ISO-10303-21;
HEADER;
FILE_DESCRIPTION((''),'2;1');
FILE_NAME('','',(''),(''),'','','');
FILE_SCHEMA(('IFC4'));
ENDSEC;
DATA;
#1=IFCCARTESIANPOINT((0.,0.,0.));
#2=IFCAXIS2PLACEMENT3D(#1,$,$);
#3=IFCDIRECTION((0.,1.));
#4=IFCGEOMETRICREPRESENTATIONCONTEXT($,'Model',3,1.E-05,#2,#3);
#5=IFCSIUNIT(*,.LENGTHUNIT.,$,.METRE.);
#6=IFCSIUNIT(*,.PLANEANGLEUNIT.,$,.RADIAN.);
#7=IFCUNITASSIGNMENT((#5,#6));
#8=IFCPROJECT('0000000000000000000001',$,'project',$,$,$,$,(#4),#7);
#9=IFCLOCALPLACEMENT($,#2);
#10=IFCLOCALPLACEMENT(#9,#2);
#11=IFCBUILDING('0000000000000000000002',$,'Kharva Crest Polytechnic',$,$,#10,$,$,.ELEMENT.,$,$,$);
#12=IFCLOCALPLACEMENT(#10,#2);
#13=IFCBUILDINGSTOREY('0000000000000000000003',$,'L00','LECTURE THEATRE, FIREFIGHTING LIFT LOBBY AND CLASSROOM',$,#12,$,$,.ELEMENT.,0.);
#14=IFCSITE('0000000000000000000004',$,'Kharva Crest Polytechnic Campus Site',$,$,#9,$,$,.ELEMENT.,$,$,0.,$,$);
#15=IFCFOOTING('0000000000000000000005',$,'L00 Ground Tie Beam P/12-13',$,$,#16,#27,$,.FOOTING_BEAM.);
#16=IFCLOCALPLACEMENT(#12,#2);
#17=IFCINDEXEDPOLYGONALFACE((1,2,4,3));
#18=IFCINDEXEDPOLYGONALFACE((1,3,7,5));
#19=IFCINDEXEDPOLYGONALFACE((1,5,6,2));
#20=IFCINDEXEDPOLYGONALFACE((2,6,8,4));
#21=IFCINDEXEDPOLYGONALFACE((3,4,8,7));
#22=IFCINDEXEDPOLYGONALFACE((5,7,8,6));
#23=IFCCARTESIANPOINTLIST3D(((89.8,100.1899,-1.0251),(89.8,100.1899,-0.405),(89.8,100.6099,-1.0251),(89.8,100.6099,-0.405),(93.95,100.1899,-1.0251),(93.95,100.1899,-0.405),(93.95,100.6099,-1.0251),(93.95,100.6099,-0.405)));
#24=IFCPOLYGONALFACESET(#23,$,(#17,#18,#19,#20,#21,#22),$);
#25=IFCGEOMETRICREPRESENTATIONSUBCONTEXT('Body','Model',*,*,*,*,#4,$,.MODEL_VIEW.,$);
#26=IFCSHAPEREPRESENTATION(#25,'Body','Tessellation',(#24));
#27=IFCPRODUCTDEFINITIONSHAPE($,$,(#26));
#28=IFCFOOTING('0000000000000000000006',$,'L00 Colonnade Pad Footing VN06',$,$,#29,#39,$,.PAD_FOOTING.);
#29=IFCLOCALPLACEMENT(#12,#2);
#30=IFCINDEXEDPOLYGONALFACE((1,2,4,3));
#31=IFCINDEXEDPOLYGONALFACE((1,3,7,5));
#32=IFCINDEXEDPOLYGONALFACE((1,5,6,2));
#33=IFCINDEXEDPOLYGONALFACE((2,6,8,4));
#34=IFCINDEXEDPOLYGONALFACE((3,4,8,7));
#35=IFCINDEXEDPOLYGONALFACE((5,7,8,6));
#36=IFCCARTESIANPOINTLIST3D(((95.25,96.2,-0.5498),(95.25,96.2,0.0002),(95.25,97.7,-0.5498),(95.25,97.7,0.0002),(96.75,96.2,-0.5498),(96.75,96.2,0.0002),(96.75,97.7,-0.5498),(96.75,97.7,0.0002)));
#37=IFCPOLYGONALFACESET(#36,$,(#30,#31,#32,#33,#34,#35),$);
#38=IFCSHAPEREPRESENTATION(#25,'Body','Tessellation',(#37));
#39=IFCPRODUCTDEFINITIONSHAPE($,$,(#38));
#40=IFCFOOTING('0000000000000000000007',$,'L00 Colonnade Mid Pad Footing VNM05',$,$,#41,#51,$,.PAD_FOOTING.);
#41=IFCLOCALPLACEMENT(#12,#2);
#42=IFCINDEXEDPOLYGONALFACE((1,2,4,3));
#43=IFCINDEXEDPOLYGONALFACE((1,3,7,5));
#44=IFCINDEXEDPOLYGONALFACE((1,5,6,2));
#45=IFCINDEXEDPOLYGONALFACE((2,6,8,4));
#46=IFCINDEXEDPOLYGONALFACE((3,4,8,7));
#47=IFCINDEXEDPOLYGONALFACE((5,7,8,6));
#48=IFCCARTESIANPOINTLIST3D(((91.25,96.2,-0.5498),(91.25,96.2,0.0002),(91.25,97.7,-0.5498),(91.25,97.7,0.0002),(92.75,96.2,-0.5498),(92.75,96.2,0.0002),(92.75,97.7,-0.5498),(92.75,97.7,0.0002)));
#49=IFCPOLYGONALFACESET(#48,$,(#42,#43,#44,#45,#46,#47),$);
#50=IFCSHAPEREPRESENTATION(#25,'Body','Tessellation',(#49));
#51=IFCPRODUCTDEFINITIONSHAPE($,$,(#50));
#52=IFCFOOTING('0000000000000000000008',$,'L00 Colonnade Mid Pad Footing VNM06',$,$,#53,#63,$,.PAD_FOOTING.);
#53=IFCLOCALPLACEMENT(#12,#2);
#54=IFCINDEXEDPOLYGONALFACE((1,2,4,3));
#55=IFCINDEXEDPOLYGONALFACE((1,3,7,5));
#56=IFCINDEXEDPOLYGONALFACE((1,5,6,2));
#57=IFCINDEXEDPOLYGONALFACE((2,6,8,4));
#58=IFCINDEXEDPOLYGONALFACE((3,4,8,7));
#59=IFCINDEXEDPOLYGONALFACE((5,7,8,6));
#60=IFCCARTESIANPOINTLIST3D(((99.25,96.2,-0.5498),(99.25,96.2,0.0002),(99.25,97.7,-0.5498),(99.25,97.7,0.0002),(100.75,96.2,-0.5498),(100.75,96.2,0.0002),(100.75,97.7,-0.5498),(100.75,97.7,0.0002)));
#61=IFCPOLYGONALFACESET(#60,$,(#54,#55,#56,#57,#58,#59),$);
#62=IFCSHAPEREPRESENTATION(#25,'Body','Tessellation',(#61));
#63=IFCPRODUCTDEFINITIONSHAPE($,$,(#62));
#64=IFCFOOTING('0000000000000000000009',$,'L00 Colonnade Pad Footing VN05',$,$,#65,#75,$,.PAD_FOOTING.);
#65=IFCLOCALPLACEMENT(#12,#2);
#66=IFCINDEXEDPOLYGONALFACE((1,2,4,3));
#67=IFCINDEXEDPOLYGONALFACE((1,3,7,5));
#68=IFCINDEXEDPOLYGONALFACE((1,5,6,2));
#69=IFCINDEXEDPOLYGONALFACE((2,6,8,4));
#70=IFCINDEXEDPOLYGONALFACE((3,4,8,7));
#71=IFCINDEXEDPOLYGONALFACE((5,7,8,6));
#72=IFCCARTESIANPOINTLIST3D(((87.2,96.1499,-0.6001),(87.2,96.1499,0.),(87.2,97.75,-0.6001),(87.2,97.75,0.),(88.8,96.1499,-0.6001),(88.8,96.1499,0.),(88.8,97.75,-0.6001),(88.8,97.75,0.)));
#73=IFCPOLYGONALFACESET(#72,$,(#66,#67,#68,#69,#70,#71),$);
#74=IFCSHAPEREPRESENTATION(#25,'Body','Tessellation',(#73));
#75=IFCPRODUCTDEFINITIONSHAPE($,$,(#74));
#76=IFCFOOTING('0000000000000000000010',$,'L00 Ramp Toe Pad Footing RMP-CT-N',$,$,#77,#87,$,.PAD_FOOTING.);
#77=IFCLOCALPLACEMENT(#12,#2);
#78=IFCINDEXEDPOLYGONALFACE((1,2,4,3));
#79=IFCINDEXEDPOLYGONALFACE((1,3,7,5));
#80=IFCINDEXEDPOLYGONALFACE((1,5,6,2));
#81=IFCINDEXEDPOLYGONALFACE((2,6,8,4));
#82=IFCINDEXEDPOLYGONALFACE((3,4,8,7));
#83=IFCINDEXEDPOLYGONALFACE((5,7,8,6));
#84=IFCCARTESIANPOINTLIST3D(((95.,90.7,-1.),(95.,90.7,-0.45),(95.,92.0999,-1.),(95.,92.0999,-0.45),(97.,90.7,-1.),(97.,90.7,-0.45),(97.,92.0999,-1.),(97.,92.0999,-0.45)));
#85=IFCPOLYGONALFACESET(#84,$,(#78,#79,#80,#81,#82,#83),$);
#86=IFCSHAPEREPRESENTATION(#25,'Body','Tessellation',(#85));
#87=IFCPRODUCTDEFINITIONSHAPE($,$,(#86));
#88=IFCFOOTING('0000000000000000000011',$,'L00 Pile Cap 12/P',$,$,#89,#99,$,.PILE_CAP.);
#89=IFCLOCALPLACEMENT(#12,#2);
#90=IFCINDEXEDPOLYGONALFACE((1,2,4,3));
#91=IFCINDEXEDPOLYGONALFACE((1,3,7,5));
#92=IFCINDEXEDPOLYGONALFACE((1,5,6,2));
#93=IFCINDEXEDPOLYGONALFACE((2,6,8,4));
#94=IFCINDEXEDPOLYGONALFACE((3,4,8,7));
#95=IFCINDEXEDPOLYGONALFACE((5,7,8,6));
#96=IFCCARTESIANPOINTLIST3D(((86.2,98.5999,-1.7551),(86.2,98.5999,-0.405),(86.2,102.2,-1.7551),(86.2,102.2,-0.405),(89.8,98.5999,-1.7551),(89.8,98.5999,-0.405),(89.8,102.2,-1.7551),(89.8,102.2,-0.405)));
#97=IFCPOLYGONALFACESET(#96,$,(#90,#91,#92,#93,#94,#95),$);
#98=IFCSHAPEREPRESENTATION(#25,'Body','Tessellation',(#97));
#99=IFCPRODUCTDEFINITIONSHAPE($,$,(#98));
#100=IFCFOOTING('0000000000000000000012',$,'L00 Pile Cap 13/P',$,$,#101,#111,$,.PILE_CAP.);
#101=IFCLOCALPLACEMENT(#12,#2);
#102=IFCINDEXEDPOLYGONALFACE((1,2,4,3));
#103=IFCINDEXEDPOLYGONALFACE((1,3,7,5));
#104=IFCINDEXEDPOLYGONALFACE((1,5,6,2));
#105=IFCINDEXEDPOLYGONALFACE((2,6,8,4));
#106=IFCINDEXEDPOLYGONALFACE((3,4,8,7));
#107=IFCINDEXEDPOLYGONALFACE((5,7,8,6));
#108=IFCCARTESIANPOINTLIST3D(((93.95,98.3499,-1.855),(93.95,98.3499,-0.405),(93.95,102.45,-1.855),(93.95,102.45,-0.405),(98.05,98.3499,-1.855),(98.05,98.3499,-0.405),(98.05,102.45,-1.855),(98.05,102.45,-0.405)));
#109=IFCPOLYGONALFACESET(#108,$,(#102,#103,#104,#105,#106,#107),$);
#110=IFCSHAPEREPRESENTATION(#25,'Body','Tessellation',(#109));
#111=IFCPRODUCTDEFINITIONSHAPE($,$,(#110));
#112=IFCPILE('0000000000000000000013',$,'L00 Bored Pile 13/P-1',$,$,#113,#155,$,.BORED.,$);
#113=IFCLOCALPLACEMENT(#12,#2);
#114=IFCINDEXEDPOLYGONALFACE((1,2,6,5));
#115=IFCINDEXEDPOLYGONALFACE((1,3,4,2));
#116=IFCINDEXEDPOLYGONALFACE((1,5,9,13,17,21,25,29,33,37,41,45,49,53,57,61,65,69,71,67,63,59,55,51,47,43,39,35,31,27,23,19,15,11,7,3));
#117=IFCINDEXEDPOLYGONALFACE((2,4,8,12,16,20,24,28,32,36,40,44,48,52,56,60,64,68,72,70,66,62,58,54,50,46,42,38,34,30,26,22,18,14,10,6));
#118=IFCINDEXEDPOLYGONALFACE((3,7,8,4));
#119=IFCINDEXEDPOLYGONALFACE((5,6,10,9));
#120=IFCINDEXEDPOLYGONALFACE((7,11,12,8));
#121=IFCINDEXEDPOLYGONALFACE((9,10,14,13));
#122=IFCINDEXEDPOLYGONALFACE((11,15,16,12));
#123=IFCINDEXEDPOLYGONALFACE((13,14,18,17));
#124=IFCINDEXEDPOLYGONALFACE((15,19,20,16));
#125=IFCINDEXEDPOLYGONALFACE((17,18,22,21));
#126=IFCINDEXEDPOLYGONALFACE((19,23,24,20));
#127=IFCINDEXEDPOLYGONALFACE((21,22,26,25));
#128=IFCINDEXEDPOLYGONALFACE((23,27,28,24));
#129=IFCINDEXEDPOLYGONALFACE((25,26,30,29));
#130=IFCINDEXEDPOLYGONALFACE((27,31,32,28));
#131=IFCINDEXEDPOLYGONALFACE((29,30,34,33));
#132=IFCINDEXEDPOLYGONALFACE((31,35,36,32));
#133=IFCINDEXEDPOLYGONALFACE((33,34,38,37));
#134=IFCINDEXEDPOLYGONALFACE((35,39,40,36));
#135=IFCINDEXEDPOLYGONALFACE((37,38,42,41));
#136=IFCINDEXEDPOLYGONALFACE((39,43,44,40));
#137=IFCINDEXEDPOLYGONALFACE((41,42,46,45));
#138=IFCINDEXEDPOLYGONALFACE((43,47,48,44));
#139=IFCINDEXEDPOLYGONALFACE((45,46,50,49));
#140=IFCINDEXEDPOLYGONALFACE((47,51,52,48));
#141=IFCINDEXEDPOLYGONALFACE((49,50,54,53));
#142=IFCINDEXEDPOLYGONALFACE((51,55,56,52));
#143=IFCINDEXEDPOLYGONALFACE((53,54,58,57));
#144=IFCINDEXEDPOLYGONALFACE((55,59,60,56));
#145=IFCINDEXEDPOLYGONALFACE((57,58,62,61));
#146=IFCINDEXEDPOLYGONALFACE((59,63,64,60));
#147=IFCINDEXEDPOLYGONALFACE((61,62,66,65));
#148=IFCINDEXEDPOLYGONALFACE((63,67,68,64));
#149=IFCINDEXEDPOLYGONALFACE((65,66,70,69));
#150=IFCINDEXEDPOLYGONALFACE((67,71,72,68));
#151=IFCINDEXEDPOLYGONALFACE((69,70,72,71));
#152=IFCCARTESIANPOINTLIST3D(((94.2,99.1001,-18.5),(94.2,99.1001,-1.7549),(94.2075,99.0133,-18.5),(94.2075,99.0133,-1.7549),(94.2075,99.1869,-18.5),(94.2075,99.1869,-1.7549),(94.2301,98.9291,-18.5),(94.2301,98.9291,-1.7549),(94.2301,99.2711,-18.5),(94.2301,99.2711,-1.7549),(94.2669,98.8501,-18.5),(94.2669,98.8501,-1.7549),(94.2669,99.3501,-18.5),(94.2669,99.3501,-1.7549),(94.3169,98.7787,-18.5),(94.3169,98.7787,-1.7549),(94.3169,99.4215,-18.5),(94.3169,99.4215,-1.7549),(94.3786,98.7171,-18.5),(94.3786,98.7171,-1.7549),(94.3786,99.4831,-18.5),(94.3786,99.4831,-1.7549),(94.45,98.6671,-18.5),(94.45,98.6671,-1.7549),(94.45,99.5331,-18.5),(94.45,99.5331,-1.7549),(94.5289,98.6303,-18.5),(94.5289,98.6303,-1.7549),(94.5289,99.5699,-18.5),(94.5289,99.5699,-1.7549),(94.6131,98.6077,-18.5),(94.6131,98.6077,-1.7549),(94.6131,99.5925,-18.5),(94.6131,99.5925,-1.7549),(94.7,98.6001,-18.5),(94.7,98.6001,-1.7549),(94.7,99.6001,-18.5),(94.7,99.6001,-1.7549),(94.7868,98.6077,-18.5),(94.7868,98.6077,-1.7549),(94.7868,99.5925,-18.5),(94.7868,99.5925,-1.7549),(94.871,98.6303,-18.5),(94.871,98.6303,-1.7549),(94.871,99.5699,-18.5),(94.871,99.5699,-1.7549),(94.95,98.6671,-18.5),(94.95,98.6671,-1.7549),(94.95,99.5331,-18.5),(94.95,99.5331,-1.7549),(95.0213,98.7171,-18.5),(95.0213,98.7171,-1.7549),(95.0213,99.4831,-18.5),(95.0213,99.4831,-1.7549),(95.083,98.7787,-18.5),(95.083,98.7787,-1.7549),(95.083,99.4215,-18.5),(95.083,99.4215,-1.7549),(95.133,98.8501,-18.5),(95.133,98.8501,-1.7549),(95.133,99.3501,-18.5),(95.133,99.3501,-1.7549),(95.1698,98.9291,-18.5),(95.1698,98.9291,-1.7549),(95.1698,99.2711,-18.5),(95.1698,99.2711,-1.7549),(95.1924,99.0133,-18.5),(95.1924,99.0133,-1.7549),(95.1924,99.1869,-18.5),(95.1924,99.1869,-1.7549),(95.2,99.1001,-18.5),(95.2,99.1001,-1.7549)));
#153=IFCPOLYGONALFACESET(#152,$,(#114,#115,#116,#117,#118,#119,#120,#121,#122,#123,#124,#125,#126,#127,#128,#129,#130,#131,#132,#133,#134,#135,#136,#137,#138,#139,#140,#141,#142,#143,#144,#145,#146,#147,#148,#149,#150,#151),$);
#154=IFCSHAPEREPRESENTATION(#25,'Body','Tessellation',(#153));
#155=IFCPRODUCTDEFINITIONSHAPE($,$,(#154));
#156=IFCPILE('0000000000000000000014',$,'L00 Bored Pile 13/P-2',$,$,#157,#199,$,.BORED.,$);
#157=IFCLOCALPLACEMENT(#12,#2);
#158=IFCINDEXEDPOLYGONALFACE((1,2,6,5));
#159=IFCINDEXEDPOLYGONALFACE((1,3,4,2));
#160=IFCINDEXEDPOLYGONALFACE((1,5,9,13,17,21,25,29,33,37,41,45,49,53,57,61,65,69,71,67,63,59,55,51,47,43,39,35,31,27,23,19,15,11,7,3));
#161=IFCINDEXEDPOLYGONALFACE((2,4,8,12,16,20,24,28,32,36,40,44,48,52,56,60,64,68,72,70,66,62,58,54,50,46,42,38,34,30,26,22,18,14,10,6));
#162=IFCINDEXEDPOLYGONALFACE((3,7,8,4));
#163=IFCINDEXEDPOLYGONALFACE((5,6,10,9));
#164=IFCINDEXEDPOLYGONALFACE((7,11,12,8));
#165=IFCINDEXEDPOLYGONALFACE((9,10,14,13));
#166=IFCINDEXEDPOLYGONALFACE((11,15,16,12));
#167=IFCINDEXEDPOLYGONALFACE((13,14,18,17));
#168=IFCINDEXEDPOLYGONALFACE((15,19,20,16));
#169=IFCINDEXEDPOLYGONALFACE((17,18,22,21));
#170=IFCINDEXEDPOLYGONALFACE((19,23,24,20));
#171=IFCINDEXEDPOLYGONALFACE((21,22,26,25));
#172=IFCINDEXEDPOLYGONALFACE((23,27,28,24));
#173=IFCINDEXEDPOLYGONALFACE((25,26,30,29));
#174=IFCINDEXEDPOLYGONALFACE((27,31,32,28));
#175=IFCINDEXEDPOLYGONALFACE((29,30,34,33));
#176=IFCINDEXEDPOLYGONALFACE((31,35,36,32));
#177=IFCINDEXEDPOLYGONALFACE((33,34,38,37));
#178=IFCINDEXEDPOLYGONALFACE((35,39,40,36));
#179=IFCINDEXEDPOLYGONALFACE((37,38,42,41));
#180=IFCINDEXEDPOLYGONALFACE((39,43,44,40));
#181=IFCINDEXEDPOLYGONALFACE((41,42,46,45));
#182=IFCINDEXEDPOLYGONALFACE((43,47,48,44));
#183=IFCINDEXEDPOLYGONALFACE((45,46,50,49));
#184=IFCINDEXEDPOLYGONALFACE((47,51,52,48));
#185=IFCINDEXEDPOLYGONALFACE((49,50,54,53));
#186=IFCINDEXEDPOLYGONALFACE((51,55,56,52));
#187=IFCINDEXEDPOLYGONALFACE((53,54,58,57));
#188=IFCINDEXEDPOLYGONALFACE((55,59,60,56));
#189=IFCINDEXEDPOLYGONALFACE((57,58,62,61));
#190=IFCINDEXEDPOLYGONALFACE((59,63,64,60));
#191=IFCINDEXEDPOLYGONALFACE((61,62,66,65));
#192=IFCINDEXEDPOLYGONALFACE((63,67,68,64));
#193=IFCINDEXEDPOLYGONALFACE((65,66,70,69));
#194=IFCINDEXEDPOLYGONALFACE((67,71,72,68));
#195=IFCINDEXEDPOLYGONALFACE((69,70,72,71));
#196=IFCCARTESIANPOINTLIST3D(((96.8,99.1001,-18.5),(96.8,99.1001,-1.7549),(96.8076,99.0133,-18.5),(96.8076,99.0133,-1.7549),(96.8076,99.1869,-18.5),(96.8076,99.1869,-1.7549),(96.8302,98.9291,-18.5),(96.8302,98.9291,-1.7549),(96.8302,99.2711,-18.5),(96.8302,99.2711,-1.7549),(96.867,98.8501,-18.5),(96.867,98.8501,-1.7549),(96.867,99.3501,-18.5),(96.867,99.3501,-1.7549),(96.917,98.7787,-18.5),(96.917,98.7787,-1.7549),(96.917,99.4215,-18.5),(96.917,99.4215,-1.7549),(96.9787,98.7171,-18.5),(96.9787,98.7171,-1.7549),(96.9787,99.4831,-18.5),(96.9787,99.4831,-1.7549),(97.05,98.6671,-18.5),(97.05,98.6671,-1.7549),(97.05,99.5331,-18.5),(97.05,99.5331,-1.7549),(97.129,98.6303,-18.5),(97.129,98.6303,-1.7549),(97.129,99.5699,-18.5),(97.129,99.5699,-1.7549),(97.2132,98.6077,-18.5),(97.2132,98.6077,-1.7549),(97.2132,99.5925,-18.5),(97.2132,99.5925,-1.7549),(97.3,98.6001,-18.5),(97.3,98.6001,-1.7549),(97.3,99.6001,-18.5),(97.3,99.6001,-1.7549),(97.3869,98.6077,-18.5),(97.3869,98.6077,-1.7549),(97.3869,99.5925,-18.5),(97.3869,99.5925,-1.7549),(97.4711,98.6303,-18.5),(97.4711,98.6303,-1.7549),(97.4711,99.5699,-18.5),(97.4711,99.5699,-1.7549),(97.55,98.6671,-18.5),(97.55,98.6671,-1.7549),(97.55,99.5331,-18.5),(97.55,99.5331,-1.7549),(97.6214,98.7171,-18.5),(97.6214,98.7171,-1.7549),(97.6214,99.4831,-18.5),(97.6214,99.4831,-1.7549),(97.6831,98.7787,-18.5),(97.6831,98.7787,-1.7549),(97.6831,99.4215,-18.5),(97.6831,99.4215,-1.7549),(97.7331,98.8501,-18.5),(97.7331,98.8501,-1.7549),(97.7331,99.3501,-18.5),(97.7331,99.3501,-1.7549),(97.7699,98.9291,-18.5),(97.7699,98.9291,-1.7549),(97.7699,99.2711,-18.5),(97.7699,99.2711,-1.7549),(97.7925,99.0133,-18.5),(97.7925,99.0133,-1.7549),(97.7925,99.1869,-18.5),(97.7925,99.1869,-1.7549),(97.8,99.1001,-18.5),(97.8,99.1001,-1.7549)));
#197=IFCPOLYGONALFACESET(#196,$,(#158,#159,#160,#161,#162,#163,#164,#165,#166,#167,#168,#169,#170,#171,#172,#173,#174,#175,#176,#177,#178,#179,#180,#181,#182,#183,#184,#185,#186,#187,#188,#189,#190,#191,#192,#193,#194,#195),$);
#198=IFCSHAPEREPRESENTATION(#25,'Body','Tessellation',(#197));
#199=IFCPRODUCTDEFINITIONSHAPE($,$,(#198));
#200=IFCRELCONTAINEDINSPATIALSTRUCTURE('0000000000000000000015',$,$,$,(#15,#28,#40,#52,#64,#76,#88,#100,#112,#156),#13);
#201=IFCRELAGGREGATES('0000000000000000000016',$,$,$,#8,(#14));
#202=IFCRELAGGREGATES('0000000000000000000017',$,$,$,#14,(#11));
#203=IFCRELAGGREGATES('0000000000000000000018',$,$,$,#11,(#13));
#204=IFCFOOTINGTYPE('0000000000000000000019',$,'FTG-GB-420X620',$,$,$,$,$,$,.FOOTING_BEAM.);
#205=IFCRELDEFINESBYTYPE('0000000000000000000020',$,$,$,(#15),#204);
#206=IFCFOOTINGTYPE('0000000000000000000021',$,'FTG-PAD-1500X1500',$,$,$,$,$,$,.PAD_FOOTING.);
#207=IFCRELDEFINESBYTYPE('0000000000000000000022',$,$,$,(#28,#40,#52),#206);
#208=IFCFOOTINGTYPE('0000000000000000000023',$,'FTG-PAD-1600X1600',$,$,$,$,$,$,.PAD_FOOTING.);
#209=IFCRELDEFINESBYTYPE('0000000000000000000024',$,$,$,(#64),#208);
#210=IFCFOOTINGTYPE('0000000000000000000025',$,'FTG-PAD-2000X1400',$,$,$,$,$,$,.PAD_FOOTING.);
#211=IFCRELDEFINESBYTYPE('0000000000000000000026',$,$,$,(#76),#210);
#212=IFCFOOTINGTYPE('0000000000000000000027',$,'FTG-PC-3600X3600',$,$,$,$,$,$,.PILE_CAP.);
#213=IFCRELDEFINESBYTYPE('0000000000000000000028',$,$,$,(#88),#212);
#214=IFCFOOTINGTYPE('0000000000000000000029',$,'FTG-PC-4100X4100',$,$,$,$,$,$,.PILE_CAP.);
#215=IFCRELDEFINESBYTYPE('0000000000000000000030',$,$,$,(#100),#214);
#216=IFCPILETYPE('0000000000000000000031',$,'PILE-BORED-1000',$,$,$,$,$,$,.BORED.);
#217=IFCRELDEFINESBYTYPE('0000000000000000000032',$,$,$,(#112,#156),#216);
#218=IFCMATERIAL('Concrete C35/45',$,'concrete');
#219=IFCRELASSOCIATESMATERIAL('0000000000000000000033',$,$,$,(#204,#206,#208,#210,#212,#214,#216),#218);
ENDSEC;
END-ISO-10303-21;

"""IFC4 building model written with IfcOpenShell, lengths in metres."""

from ifc_helpers import new_model, si_unit, direction, frame, origin, origin_2d, place, context, subcontext, project, spatial, rectangle, circle, extrude, material, material_profile, profile_set, type_object, element, save


model = new_model("IFC4")

# Units and contexts
model_context = context("Model", 3, precision=1e-05, world=origin(), true_north=direction((0.0, 1.0)))
body_context = subcontext(model_context, "Body", "Model", "MODEL_VIEW")
ifc_project = project(units=[si_unit("LENGTHUNIT", "METRE"), si_unit("PLANEANGLEUNIT", "RADIAN")], contexts=[model_context])

# Site, building, storey
site_placement = place(None, origin())
site = spatial("IfcSite", under=ifc_project, at=site_placement, Name="Kharva Crest Polytechnic Campus Site", CompositionType="ELEMENT", RefElevation=0.0)
building_placement = place(site_placement, origin())
building = spatial("IfcBuilding", under=site, at=building_placement, Name="Kharva Crest Polytechnic", CompositionType="ELEMENT")
storey_placement = place(building_placement, origin())
storey = spatial("IfcBuildingStorey", under=building, at=storey_placement, Name="L00", Description="LECTURE THEATRE, FIREFIGHTING LIFT LOBBY AND CLASSROOM", CompositionType="ELEMENT", Elevation=0.0)

# Footings
ifc_material_1 = material(Name="Concrete C35/45", Category="concrete")
footing_type_1 = type_object("IfcFootingType", Name="FTG-GB-420X620", PredefinedType="FOOTING_BEAM", material=ifc_material_1)
footing_1_placement = place(storey_placement, frame((91.875, 100.3999, -1.0251), z_axis=(0.0, 0.0, 1.0), x_axis=(1.0, 0.0, 0.0)))
element("IfcFooting", 1, at=footing_1_placement, inside=storey, type_object=footing_type_1, Name="L00 Ground Tie Beam P/12-13", PredefinedType="FOOTING_BEAM", context=body_context, shape_type="SweptSolid", body=[
    extrude(rectangle(XDim=4.1499, YDim=0.4199, at=origin_2d()), origin(), (0.0, 0.0, 1.0), 0.6201),
])
footing_type_2 = type_object("IfcFootingType", Name="FTG-PAD-1500X1500", PredefinedType="PAD_FOOTING", material=ifc_material_1)
for number, where, z_axis, x_axis, name in (
    (2, (96.0, 96.95, -0.5498), (0.0, 0.0, 1.0), (1.0, 0.0, 0.0), "L00 Colonnade Pad Footing VN06"),
    (3, (92.0, 96.95, -0.5498), (0.0, 0.0, 1.0), (1.0, 0.0, 0.0), "L00 Colonnade Mid Pad Footing VNM05"),
    (4, (100.0, 96.95, -0.5498), (0.0, 0.0, 1.0), (1.0, 0.0, 0.0), "L00 Colonnade Mid Pad Footing VNM06"),
):
    element("IfcFooting", number, at=place(storey_placement, frame(where, z_axis=z_axis, x_axis=x_axis)), inside=storey, type_object=footing_type_2, Name=name, PredefinedType="PAD_FOOTING", context=body_context, shape_type="SweptSolid", body=[
        extrude(rectangle(XDim=1.5, YDim=1.5, at=origin_2d()), origin(), (0.0, 0.0, 1.0), 0.55),
    ])
footing_type_3 = type_object("IfcFootingType", Name="FTG-PAD-1600X1600", PredefinedType="PAD_FOOTING", material=ifc_material_1)
footing_2_placement = place(storey_placement, frame((88.0, 96.95, -0.6001), z_axis=(0.0, 0.0, 1.0), x_axis=(1.0, 0.0, 0.0)))
element("IfcFooting", 5, at=footing_2_placement, inside=storey, type_object=footing_type_3, Name="L00 Colonnade Pad Footing VN05", PredefinedType="PAD_FOOTING", context=body_context, shape_type="SweptSolid", body=[
    extrude(rectangle(XDim=1.6001, YDim=1.6001, at=origin_2d()), origin(), (0.0, 0.0, 1.0), 0.6001),
])
footing_type_4 = type_object("IfcFootingType", Name="FTG-PAD-2000X1400", PredefinedType="PAD_FOOTING", material=ifc_material_1)
footing_3_placement = place(storey_placement, frame((96.0, 91.3999, -1.0), z_axis=(0.0, 0.0, 1.0), x_axis=(1.0, 0.0, 0.0)))
element("IfcFooting", 6, at=footing_3_placement, inside=storey, type_object=footing_type_4, Name="L00 Ramp Toe Pad Footing RMP-CT-N", PredefinedType="PAD_FOOTING", context=body_context, shape_type="SweptSolid", body=[
    extrude(rectangle(XDim=2.0, YDim=1.3999, at=origin_2d()), origin(), (0.0, 0.0, 1.0), 0.55),
])
footing_type_5 = type_object("IfcFootingType", Name="FTG-PC-3600X3600", PredefinedType="PILE_CAP", material=ifc_material_1)
footing_4_placement = place(storey_placement, frame((88.0, 100.3999, -1.7551), z_axis=(0.0, 0.0, 1.0), x_axis=(1.0, 0.0, 0.0)))
element("IfcFooting", 7, at=footing_4_placement, inside=storey, type_object=footing_type_5, Name="L00 Pile Cap 12/P", PredefinedType="PILE_CAP", context=body_context, shape_type="SweptSolid", body=[
    extrude(rectangle(XDim=3.6001, YDim=3.6001, at=origin_2d()), origin(), (0.0, 0.0, 1.0), 1.3501),
])
footing_type_6 = type_object("IfcFootingType", Name="FTG-PC-4100X4100", PredefinedType="PILE_CAP", material=ifc_material_1)
footing_5_placement = place(storey_placement, frame((96.0, 100.3999, -1.855), z_axis=(0.0, 0.0, 1.0), x_axis=(1.0, 0.0, 0.0)))
element("IfcFooting", 8, at=footing_5_placement, inside=storey, type_object=footing_type_6, Name="L00 Pile Cap 13/P", PredefinedType="PILE_CAP", context=body_context, shape_type="SweptSolid", body=[
    extrude(rectangle(XDim=4.1001, YDim=4.1001, at=origin_2d()), origin(), (0.0, 0.0, 1.0), 1.45),
])

# Piles
ifc_material_profile_1 = material_profile(ifc_material_1, circle(Radius=0.5, at=origin_2d()), Name="DIA 1000")
ifc_profile_set_1 = profile_set([ifc_material_profile_1], Name="Concrete C35/45")
pile_type_1 = type_object("IfcPileType", Name="PILE-BORED-1000", PredefinedType="BORED", material=ifc_profile_set_1)
for number, where, z_axis, x_axis, name in (
    (9, (94.7, 99.1001, -1.7549), (0.0, 0.0, -1.0), (1.0, 0.0, 0.0), "L00 Bored Pile 13/P-1"),
    (10, (97.3, 99.1001, -1.7549), (0.0, 0.0, -1.0), (1.0, 0.0, 0.0), "L00 Bored Pile 13/P-2"),
):
    element("IfcPile", number, at=place(storey_placement, frame(where, z_axis=z_axis, x_axis=x_axis)), inside=storey, type_object=pile_type_1, Name=name, PredefinedType="BORED", context=body_context, shape_type="SweptSolid", body=[
        extrude(circle(Radius=0.5, at=origin_2d()), origin(), (0.0, 0.0, 1.0), 16.7451),
    ])

save(model, "model.ifc")
